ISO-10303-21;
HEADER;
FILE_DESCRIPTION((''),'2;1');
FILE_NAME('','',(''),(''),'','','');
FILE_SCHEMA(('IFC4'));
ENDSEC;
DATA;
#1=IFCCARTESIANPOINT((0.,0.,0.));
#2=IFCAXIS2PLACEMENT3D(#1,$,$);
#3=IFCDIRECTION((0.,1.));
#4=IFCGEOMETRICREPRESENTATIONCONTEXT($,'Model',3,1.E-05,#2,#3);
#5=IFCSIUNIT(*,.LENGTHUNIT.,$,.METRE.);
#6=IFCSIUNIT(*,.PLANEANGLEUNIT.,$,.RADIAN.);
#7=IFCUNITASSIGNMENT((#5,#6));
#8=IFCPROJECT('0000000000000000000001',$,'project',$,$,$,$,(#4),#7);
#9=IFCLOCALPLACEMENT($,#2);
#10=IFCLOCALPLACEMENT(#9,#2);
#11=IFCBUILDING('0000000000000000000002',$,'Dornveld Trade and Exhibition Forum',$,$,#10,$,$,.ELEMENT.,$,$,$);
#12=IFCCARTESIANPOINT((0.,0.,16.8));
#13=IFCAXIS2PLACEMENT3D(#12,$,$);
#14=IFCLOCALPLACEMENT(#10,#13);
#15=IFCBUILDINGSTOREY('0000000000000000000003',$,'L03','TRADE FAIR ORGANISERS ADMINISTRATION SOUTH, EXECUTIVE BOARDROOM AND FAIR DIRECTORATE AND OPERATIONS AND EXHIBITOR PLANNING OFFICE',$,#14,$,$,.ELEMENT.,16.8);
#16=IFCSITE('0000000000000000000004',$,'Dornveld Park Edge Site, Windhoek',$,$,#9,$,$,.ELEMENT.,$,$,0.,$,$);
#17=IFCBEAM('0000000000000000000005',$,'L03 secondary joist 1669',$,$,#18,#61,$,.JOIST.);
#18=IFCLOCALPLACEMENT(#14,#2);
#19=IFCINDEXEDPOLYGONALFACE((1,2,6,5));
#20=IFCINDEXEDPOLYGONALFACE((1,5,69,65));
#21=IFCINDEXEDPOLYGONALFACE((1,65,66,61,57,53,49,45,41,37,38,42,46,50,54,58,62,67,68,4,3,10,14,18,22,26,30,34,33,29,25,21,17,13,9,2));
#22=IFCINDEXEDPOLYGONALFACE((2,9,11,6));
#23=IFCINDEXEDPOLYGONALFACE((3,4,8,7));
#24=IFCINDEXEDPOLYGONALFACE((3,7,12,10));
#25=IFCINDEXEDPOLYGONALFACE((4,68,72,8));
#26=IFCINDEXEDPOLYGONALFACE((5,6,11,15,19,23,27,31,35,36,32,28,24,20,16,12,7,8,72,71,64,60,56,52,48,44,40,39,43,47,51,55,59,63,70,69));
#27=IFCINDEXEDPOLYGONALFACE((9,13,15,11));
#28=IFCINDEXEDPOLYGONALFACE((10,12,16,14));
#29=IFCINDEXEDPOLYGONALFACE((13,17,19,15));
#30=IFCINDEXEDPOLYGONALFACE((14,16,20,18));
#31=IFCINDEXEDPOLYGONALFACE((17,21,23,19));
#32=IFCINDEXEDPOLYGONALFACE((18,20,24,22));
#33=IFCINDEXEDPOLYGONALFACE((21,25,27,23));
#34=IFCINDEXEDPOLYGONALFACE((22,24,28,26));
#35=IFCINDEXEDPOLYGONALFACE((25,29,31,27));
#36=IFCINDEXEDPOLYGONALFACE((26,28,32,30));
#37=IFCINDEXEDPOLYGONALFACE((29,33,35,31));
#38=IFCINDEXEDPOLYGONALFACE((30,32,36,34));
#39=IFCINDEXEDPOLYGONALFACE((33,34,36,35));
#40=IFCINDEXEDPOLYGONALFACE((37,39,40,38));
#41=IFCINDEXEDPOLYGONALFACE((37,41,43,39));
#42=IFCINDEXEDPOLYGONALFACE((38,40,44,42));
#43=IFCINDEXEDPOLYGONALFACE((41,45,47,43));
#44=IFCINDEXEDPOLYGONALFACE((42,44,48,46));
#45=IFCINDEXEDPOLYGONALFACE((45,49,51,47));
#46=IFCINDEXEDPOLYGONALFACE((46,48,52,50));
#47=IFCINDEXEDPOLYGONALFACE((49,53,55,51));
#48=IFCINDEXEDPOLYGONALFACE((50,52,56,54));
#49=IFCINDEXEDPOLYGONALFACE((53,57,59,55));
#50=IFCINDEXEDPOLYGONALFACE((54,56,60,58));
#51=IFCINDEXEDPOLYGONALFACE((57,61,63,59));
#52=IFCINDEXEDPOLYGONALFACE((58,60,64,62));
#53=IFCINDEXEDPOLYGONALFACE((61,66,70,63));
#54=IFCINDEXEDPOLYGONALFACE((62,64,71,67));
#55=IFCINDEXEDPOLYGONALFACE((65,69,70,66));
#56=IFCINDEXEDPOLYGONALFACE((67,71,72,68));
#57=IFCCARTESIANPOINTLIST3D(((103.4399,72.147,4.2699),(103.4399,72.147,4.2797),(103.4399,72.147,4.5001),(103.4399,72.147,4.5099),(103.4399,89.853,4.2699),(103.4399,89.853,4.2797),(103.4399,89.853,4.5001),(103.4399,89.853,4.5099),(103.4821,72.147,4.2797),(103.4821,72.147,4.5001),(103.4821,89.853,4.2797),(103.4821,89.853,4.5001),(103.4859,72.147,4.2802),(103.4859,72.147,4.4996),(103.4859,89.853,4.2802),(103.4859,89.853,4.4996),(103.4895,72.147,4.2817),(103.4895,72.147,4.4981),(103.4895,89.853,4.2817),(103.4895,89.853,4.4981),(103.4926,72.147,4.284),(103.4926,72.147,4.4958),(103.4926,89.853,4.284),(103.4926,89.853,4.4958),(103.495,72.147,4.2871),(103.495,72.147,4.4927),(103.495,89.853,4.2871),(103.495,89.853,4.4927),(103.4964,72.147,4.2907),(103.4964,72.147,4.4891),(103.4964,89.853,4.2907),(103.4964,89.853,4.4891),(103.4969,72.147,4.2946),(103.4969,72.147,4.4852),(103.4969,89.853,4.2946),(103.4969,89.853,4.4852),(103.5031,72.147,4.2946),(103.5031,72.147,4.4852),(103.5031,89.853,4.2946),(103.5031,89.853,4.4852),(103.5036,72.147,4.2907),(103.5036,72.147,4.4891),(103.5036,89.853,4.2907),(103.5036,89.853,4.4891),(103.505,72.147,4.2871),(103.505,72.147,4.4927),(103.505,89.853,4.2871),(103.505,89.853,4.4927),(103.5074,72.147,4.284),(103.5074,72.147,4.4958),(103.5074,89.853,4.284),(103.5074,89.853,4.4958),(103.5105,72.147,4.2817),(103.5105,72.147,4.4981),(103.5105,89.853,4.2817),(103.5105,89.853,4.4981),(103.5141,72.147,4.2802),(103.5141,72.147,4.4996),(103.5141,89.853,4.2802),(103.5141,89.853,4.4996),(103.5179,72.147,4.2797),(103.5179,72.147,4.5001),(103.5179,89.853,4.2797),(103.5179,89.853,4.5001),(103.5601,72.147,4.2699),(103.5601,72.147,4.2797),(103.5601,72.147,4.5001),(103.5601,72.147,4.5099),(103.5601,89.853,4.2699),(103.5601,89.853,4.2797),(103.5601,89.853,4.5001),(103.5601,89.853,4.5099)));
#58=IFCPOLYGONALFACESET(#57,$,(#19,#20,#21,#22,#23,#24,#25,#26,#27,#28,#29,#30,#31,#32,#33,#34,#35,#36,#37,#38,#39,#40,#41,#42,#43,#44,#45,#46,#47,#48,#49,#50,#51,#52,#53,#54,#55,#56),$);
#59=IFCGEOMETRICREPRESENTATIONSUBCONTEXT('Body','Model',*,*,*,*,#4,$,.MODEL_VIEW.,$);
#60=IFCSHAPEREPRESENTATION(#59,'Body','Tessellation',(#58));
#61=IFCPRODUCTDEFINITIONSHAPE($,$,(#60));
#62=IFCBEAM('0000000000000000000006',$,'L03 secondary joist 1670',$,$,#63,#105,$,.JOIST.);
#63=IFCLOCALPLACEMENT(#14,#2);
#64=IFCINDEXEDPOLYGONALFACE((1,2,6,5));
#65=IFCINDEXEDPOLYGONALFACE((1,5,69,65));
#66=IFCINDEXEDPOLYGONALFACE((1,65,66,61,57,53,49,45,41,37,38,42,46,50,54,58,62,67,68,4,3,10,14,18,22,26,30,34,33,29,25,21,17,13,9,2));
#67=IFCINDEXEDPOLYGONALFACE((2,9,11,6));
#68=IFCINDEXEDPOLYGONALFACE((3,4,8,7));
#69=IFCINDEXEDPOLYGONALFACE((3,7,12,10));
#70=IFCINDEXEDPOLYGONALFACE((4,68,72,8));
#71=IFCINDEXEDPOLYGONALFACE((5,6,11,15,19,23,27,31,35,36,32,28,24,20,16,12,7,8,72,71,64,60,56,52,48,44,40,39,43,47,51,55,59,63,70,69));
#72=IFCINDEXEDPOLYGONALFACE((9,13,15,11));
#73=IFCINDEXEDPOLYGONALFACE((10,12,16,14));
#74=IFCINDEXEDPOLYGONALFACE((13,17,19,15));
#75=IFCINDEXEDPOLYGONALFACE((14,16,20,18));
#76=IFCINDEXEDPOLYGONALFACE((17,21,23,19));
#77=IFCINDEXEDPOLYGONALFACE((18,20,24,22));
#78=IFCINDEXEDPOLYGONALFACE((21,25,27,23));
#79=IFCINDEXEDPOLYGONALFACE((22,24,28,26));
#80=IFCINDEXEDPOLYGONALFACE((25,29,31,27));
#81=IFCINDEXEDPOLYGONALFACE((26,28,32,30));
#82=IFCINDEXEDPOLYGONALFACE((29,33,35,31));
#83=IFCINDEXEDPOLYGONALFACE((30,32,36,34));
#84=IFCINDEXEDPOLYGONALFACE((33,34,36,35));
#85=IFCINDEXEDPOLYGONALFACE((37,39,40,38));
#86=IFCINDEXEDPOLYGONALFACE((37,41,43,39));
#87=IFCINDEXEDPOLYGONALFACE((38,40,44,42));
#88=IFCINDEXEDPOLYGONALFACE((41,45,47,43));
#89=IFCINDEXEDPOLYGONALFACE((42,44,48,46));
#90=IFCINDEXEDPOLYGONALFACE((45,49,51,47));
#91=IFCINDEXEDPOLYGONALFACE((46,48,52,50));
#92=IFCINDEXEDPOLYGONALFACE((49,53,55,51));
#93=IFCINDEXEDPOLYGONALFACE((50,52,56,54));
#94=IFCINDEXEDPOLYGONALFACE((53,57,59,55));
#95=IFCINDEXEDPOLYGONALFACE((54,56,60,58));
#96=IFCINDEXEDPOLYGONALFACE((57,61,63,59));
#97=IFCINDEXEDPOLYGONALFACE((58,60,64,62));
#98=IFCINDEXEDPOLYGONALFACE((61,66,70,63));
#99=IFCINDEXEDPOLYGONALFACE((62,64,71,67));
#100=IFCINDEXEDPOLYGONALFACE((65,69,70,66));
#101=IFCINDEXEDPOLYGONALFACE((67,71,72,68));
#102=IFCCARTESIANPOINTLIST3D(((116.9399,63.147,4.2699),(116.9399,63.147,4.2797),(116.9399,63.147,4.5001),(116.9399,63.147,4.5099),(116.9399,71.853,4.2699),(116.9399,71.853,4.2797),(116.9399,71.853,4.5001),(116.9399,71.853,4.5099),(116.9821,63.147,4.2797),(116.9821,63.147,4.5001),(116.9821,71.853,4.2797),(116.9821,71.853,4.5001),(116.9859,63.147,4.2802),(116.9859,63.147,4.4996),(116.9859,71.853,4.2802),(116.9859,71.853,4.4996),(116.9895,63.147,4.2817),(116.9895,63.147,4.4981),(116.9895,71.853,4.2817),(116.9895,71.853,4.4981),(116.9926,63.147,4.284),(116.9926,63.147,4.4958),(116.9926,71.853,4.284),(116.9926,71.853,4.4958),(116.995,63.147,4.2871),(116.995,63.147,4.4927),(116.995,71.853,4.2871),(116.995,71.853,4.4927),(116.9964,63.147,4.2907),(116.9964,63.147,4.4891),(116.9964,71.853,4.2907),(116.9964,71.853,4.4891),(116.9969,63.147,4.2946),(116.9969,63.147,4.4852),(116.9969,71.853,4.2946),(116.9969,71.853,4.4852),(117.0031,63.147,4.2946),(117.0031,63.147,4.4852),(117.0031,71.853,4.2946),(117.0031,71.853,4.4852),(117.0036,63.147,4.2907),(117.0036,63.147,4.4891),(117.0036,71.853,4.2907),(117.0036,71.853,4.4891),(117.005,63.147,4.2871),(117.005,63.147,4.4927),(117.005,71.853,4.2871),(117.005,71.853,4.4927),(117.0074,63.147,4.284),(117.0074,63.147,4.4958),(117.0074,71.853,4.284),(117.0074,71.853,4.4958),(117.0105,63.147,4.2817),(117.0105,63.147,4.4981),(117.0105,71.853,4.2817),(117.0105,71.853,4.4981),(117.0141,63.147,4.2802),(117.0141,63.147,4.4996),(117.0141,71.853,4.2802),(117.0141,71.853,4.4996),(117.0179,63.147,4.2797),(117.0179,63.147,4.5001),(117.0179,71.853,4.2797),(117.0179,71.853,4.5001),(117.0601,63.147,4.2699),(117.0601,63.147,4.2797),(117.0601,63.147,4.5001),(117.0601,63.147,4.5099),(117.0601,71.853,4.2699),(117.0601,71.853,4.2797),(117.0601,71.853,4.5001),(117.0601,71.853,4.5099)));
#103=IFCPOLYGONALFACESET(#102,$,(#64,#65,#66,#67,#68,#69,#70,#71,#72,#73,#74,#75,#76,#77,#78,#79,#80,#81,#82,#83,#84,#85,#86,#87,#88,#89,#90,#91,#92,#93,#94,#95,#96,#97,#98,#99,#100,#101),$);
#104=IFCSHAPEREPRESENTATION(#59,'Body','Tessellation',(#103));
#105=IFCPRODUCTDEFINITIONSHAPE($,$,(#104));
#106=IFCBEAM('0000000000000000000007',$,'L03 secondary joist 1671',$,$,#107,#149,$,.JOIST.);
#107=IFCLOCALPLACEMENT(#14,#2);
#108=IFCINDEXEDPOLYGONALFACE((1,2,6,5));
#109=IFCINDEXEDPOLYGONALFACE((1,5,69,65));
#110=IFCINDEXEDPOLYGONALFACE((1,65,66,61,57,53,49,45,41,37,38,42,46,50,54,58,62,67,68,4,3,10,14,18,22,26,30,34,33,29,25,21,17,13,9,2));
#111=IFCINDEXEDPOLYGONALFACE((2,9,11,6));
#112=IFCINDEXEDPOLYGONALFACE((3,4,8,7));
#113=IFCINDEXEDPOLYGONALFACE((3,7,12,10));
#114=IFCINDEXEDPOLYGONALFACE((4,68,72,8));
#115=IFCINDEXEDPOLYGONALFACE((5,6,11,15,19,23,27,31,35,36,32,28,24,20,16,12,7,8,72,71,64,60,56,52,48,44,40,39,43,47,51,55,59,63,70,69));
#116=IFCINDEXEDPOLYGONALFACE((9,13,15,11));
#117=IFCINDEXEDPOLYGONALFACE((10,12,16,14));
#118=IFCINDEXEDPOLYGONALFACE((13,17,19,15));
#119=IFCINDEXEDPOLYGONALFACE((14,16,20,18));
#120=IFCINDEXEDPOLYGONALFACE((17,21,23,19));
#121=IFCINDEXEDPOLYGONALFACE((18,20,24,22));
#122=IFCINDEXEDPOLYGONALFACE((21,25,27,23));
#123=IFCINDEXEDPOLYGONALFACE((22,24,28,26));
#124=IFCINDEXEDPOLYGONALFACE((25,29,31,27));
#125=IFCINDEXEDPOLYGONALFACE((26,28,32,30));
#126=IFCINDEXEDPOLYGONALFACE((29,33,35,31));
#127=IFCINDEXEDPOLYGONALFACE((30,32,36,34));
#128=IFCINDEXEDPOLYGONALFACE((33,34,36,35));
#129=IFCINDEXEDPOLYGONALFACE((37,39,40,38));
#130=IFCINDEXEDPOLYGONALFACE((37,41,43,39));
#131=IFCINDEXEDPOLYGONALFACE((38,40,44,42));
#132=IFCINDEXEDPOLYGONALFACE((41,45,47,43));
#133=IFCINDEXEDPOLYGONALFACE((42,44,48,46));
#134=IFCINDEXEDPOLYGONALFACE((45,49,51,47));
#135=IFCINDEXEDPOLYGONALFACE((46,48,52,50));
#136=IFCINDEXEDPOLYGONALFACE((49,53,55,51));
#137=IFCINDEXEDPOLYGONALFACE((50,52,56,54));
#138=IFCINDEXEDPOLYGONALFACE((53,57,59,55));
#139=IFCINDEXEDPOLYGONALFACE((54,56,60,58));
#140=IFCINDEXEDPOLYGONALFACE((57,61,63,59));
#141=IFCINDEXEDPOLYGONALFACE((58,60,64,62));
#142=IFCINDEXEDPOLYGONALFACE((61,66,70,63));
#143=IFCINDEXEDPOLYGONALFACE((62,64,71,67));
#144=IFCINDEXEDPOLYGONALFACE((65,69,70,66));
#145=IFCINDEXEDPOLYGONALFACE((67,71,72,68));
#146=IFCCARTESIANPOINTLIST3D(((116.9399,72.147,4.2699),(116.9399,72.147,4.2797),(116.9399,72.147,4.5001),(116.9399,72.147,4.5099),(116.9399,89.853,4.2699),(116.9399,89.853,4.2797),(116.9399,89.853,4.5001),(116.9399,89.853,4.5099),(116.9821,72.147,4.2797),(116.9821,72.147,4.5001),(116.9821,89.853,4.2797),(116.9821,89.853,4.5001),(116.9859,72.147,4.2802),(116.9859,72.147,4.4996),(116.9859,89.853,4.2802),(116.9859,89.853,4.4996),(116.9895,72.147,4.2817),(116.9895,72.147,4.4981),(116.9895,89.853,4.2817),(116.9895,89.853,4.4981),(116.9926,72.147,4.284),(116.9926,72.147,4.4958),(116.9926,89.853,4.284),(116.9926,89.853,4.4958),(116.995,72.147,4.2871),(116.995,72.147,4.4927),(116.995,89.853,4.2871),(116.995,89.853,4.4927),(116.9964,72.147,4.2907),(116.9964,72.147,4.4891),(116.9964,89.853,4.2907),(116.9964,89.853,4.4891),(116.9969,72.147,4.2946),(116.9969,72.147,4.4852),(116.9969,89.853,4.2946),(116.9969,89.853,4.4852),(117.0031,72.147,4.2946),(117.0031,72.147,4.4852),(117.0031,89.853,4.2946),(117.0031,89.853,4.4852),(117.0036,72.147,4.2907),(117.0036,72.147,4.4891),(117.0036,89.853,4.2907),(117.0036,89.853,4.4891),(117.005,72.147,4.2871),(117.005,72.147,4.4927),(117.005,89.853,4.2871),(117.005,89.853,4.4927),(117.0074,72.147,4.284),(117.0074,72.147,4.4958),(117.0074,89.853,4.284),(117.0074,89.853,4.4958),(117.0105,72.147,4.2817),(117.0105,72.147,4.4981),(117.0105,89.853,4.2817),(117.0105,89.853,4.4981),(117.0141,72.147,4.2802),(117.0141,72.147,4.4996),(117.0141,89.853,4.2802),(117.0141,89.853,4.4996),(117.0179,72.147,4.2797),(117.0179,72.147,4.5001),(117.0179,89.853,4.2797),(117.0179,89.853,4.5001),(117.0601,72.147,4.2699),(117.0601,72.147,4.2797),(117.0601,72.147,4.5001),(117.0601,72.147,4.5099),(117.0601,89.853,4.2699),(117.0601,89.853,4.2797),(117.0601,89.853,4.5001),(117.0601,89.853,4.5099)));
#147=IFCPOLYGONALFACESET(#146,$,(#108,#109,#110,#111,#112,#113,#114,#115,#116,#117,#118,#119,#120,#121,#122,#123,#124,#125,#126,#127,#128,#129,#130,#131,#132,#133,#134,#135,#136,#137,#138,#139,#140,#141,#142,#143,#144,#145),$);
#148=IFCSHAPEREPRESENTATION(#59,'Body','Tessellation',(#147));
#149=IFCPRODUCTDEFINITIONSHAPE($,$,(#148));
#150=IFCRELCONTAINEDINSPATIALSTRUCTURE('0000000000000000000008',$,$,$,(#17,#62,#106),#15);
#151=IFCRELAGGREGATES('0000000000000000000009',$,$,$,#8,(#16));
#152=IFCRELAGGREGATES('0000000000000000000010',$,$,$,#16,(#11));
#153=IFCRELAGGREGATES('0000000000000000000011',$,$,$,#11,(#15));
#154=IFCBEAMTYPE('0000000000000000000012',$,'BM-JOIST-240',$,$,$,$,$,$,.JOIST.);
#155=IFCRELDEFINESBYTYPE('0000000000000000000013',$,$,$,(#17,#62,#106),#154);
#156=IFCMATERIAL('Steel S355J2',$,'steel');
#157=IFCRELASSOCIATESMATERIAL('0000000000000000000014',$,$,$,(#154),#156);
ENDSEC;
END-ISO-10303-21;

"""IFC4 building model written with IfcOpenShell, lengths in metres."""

from ifc_helpers import new_model, si_unit, direction, frame, origin, origin_2d, place, context, subcontext, project, spatial, i_section, extrude, material, material_profile, profile_set, type_object, element, save


model = new_model("IFC4")

# Units and contexts
model_context = context("Model", 3, precision=1e-05, world=origin(), true_north=direction((0.0, 1.0)))
body_context = subcontext(model_context, "Body", "Model", "MODEL_VIEW")
ifc_project = project(units=[si_unit("LENGTHUNIT", "METRE"), si_unit("PLANEANGLEUNIT", "RADIAN")], contexts=[model_context])

# Site, building, storey
site_placement = place(None, origin())
site = spatial("IfcSite", under=ifc_project, at=site_placement, Name="Dornveld Park Edge Site, Windhoek", CompositionType="ELEMENT", RefElevation=0.0)
building_placement = place(site_placement, origin())
building = spatial("IfcBuilding", under=site, at=building_placement, Name="Dornveld Trade and Exhibition Forum", CompositionType="ELEMENT")
storey_placement = place(building_placement, frame((0.0, 0.0, 16.8)))
storey = spatial("IfcBuildingStorey", under=building, at=storey_placement, Name="L03", Description="TRADE FAIR ORGANISERS ADMINISTRATION SOUTH, EXECUTIVE BOARDROOM AND FAIR DIRECTORATE AND OPERATIONS AND EXHIBITOR PLANNING OFFICE", CompositionType="ELEMENT", Elevation=16.8)

# Beams
ifc_material_1 = material(Name="Steel S355J2", Category="steel")
ifc_material_profile_1 = material_profile(ifc_material_1, i_section(OverallWidth=0.1201, OverallDepth=0.24, WebThickness=0.0061, FlangeThickness=0.0098, FilletRadius=0.0149, at=origin_2d()), Name="IPE 240")
ifc_profile_set_1 = profile_set([ifc_material_profile_1], Name="Steel S355J2")
beam_type_1 = type_object("IfcBeamType", Name="BM-JOIST-240", PredefinedType="JOIST", material=ifc_profile_set_1)
beam_1_placement = place(storey_placement, frame((103.5, 72.147, 4.3899), z_axis=(0.0, 1.0, 0.0), x_axis=(-1.0, 0.0, 0.0)))
element("IfcBeam", 1, at=beam_1_placement, inside=storey, type_object=beam_type_1, Name="L03 secondary joist 1669", PredefinedType="JOIST", context=body_context, shape_type="SweptSolid", body=[
    extrude(i_section(OverallWidth=0.1201, OverallDepth=0.24, WebThickness=0.0061, FlangeThickness=0.0098, FilletRadius=0.0149, at=origin_2d()), origin(), (0.0, 0.0, 1.0), 17.7061),
])
beam_2_placement = place(storey_placement, frame((117.0, 63.147, 4.3899), z_axis=(0.0, 1.0, 0.0), x_axis=(-1.0, 0.0, 0.0)))
element("IfcBeam", 2, at=beam_2_placement, inside=storey, type_object=beam_type_1, Name="L03 secondary joist 1670", PredefinedType="JOIST", context=body_context, shape_type="SweptSolid", body=[
    extrude(i_section(OverallWidth=0.1201, OverallDepth=0.24, WebThickness=0.0061, FlangeThickness=0.0098, FilletRadius=0.0149, at=origin_2d()), origin(), (0.0, 0.0, 1.0), 8.7061),
])
beam_3_placement = place(storey_placement, frame((117.0, 72.147, 4.3899), z_axis=(0.0, 1.0, 0.0), x_axis=(-1.0, 0.0, 0.0)))
element("IfcBeam", 3, at=beam_3_placement, inside=storey, type_object=beam_type_1, Name="L03 secondary joist 1671", PredefinedType="JOIST", context=body_context, shape_type="SweptSolid", body=[
    extrude(i_section(OverallWidth=0.1201, OverallDepth=0.24, WebThickness=0.0061, FlangeThickness=0.0098, FilletRadius=0.0149, at=origin_2d()), origin(), (0.0, 0.0, 1.0), 17.7061),
])

save(model, "model.ifc")
